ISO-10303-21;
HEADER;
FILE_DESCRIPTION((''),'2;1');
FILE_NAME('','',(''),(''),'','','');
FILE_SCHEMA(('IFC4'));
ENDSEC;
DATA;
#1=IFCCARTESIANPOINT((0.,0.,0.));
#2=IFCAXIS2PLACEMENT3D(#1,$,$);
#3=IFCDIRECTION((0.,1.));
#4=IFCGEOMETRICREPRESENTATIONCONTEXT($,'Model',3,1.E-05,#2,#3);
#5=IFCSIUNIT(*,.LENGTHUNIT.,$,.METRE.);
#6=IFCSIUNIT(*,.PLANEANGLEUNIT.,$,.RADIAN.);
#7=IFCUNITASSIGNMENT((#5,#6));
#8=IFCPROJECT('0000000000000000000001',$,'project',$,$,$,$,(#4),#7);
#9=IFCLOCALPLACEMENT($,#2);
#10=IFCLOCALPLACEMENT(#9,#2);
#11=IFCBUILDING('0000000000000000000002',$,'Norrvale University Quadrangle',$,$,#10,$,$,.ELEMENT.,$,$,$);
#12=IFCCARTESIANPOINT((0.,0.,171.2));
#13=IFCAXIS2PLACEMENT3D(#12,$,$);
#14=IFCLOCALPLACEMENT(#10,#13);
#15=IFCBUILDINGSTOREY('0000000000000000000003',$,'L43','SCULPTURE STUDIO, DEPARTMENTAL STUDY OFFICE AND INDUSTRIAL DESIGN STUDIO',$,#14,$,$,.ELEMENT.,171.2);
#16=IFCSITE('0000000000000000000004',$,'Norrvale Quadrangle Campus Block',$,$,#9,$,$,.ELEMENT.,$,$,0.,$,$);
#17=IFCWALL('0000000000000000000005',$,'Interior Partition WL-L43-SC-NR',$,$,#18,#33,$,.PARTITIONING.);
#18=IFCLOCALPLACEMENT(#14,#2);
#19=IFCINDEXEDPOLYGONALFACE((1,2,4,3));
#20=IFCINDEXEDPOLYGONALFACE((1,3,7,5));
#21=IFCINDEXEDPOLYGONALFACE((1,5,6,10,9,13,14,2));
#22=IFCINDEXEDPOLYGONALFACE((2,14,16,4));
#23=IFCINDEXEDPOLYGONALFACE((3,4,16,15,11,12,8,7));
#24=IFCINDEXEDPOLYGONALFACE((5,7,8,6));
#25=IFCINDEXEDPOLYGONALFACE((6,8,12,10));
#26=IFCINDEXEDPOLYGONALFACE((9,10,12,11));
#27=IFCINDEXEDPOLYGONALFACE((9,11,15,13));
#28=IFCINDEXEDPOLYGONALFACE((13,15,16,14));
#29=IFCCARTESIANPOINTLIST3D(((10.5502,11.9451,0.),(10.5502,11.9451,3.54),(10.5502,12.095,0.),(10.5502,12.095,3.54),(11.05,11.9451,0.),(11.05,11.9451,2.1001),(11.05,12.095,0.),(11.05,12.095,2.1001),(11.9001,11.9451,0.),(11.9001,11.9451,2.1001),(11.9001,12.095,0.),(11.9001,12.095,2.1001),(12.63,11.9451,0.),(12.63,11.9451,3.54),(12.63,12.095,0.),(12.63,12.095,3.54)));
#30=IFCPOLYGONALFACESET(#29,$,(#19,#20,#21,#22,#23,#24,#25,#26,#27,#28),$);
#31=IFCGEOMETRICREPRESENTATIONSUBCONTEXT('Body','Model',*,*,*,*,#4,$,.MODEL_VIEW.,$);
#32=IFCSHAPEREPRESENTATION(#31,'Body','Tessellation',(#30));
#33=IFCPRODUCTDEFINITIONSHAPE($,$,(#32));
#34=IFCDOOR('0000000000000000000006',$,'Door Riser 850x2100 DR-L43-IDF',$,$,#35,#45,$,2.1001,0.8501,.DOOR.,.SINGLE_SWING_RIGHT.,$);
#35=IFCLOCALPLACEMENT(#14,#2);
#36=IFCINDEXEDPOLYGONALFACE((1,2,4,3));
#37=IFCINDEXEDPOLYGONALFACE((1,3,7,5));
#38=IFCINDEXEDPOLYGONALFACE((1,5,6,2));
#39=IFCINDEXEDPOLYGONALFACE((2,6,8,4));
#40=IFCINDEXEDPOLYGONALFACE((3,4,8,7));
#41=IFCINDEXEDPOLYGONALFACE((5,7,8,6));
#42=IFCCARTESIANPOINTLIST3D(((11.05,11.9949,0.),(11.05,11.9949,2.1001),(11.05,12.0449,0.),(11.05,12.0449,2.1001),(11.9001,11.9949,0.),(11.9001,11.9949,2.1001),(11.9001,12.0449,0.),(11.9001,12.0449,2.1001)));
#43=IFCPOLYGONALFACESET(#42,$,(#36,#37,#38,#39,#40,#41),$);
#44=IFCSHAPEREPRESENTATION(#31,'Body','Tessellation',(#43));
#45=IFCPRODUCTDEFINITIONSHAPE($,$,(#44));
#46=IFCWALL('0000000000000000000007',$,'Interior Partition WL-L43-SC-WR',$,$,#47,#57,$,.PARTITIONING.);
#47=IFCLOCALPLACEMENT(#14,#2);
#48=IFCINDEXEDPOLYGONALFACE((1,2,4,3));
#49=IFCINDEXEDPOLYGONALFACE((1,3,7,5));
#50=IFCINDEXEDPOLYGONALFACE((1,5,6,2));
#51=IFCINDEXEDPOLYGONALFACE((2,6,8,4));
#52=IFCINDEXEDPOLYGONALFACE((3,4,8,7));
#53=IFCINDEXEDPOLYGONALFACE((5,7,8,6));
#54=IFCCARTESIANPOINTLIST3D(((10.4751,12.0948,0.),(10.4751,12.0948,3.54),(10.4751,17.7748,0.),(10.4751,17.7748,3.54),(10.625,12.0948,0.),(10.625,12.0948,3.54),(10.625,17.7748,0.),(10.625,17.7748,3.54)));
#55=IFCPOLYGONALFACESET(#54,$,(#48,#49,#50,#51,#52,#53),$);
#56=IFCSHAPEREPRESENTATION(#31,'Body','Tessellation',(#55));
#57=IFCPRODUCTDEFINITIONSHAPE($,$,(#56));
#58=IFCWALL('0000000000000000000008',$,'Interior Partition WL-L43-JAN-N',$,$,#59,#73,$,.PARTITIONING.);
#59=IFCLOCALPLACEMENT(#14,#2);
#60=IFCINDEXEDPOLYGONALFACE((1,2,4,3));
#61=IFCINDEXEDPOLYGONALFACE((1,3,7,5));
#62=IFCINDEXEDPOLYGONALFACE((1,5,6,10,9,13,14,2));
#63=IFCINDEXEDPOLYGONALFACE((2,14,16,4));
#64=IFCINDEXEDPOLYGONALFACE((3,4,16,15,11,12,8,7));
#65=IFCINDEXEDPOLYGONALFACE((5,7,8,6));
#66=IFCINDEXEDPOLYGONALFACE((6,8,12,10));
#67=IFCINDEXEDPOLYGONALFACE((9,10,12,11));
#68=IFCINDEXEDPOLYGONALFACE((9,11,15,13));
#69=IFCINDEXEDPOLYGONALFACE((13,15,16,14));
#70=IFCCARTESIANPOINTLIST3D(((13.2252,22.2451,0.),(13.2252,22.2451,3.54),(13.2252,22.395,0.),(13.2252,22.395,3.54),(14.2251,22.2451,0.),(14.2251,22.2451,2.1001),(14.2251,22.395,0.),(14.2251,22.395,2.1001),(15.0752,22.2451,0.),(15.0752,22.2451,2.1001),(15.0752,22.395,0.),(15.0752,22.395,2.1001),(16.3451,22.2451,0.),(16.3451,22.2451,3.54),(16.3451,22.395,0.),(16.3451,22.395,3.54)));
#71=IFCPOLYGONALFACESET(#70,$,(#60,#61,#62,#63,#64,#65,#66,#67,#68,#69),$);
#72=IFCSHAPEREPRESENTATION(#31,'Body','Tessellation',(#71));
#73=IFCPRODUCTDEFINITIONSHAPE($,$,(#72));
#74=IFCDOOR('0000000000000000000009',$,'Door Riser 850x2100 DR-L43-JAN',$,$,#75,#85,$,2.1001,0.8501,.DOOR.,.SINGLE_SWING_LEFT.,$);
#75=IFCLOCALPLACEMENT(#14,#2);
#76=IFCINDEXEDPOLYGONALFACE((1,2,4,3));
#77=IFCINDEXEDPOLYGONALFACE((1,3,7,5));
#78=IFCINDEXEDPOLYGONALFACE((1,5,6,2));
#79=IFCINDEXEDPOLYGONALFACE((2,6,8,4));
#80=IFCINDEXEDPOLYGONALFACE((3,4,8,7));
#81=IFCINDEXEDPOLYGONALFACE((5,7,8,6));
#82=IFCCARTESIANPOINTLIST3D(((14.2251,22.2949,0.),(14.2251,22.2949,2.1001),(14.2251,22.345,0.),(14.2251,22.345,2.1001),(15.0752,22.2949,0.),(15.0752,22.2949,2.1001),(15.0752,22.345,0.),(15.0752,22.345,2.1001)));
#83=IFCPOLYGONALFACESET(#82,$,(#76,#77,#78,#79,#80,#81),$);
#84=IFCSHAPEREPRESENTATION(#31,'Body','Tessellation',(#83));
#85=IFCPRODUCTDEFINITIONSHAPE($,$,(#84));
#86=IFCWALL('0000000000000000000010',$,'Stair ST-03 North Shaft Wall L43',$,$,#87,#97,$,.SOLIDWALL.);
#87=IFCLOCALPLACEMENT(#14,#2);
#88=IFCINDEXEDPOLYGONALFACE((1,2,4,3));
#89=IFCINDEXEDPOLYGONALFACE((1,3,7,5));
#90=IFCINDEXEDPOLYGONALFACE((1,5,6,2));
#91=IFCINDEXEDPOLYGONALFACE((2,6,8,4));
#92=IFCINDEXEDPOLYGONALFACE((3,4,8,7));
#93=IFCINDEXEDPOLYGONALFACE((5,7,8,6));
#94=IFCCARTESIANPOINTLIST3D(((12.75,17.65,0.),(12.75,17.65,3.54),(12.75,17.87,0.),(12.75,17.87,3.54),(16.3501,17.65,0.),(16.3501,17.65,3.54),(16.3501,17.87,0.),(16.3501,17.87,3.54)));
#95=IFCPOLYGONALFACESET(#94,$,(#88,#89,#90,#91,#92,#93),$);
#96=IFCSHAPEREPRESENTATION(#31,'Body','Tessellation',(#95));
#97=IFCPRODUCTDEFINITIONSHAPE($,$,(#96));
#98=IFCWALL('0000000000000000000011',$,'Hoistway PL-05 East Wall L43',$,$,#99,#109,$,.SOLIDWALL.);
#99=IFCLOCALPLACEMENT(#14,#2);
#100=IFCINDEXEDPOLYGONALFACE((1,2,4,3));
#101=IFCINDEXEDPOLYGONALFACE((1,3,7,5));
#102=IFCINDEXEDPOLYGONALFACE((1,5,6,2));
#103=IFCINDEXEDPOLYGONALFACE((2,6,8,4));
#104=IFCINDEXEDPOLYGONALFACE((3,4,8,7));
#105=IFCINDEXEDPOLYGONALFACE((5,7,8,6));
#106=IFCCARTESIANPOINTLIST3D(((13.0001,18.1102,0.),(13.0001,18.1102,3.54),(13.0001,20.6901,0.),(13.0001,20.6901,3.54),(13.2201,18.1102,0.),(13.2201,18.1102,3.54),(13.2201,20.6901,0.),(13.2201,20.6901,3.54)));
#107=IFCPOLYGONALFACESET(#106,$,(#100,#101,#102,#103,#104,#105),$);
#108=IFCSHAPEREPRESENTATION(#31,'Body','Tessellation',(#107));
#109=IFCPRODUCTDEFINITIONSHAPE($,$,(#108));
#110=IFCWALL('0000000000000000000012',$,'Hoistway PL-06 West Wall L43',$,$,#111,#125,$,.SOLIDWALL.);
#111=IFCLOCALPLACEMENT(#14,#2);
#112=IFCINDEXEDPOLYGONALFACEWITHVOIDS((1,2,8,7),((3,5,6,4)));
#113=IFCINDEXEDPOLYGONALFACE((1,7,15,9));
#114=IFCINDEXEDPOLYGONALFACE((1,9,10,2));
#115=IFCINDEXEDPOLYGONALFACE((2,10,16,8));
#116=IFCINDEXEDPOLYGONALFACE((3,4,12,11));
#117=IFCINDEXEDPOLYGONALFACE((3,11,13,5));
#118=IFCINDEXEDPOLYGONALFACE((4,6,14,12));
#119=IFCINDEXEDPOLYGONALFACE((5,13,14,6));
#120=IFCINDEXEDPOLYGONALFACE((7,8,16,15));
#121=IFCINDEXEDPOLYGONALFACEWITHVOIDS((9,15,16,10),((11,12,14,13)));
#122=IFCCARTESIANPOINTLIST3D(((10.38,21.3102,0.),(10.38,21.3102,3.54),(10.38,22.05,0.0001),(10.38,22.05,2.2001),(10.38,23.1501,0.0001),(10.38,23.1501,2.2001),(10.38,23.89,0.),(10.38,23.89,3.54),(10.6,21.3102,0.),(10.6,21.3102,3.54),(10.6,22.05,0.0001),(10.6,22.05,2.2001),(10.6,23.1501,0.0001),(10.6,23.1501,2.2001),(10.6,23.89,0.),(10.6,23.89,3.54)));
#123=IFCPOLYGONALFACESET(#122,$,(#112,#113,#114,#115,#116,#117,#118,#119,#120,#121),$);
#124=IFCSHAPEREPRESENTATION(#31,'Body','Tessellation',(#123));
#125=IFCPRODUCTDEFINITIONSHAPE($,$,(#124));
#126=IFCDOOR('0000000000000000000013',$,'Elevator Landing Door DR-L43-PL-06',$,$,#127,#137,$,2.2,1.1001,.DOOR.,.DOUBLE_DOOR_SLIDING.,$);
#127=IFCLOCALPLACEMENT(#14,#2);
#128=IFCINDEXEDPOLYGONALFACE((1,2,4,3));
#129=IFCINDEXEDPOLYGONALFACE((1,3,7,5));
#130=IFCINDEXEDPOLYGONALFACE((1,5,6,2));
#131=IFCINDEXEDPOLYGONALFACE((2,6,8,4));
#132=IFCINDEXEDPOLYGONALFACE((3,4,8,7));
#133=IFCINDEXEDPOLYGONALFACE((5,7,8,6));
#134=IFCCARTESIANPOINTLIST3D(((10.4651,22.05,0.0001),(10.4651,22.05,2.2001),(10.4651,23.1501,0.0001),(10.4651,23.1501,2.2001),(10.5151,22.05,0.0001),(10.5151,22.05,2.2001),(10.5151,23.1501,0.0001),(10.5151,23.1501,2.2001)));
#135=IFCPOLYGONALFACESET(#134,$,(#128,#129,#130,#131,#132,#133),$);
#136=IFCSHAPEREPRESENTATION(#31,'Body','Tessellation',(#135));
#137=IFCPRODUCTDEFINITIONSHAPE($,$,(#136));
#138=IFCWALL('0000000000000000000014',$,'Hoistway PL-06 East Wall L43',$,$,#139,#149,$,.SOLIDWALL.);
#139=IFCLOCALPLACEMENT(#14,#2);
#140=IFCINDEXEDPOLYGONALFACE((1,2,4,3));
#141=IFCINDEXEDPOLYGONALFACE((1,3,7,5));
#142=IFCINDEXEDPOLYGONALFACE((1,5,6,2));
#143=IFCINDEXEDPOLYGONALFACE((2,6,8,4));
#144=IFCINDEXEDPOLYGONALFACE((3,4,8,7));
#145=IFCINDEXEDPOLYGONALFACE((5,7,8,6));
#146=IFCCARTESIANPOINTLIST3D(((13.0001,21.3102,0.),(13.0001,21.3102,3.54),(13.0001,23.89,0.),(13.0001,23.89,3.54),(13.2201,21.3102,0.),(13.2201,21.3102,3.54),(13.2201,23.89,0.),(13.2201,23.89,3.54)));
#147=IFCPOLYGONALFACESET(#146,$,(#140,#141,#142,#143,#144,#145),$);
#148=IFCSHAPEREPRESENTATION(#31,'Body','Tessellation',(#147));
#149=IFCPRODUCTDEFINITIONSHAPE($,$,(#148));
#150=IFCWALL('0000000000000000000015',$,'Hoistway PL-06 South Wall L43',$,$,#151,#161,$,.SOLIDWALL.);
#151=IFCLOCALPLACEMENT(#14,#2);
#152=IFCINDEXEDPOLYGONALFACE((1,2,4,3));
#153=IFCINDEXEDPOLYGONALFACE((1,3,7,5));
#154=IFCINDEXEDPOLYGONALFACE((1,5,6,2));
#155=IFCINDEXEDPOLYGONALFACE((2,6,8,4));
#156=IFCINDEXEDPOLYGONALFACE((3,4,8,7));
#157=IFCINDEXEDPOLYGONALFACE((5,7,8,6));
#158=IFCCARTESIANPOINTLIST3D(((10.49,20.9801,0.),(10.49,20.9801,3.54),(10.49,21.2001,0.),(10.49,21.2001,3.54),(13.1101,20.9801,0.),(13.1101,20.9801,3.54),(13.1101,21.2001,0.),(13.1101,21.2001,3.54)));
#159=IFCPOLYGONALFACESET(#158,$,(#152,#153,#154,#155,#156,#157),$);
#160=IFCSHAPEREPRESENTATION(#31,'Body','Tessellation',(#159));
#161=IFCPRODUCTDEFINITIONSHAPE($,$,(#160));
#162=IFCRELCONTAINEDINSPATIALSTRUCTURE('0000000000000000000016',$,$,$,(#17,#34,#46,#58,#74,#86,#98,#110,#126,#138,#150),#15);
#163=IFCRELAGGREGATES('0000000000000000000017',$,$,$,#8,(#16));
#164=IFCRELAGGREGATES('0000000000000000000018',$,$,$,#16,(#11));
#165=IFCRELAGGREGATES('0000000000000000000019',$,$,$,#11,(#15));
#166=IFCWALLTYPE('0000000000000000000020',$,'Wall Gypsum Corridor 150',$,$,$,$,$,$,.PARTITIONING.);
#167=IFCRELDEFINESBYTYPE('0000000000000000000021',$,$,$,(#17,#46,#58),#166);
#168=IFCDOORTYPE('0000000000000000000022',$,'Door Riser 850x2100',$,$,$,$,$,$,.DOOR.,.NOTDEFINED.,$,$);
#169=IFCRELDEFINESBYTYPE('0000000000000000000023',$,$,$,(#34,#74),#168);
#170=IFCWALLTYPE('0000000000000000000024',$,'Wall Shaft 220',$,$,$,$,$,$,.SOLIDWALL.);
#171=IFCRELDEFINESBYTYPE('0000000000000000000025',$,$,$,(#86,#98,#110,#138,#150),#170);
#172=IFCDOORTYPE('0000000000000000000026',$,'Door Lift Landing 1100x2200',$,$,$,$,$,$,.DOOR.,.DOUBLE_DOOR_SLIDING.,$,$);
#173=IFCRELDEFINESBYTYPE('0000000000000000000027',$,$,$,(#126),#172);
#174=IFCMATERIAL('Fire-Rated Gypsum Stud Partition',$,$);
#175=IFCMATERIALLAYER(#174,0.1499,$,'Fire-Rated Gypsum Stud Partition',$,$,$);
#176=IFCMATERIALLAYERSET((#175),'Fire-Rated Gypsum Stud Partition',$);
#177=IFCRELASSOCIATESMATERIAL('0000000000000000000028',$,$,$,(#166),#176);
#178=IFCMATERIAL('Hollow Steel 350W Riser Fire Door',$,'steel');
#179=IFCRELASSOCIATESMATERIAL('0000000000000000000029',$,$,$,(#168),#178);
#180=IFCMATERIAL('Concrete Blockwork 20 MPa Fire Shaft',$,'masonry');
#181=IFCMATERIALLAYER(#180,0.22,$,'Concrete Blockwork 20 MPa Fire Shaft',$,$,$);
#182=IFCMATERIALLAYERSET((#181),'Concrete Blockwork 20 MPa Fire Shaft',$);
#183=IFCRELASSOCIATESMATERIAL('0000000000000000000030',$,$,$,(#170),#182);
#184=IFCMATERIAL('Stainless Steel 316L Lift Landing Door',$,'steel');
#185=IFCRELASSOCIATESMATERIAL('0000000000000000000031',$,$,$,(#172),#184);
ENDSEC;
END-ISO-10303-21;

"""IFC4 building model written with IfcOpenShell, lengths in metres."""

from ifc_helpers import new_model, si_unit, direction, frame, frame_2d, origin, place, context, subcontext, project, spatial, rectangle, extrude, material, layer, layer_set, type_object, element, fill, save


model = new_model("IFC4")

# Units and contexts
model_context = context("Model", 3, precision=1e-05, world=origin(), true_north=direction((0.0, 1.0)))
body_context = subcontext(model_context, "Body", "Model", "MODEL_VIEW")
ifc_project = project(units=[si_unit("LENGTHUNIT", "METRE"), si_unit("PLANEANGLEUNIT", "RADIAN")], contexts=[model_context])

# Site, building, storey
site_placement = place(None, origin())
site = spatial("IfcSite", under=ifc_project, at=site_placement, Name="Norrvale Quadrangle Campus Block", CompositionType="ELEMENT", RefElevation=0.0)
building_placement = place(site_placement, origin())
building = spatial("IfcBuilding", under=site, at=building_placement, Name="Norrvale University Quadrangle", CompositionType="ELEMENT")
storey_placement = place(building_placement, frame((0.0, 0.0, 171.2)))
storey = spatial("IfcBuildingStorey", under=building, at=storey_placement, Name="L43", Description="SCULPTURE STUDIO, DEPARTMENTAL STUDY OFFICE AND INDUSTRIAL DESIGN STUDIO", CompositionType="ELEMENT", Elevation=171.2)

# Wall, opening, door
ifc_material_1 = material(Name="Fire-Rated Gypsum Stud Partition")
ifc_layer_1 = layer(ifc_material_1, 0.1499, Name="Fire-Rated Gypsum Stud Partition")
ifc_layer_set_1 = layer_set([ifc_layer_1], Name="Fire-Rated Gypsum Stud Partition")
wall_type_1 = type_object("IfcWallType", Name="Wall Gypsum Corridor 150", PredefinedType="PARTITIONING", material=ifc_layer_set_1)
wall_1_placement = place(storey_placement, frame((10.55, 12.02, 0.0), z_axis=(0.0, 0.0, 1.0), x_axis=(1.0, 0.0, 0.0)))
wall_1 = element("IfcWall", 1, at=wall_1_placement, inside=storey, type_object=wall_type_1, Name="Interior Partition WL-L43-SC-NR", PredefinedType="PARTITIONING", context=body_context, shape_type="SweptSolid", body=[
    extrude(rectangle(XDim=2.0798, YDim=0.1499, at=frame_2d((1.04, 0.0))), origin(), (0.0, 0.0, 1.0), 3.54),
])
opening_1_placement = place(wall_1_placement, frame((0.5, 0.0, 0.0)))
opening_1 = element("IfcOpeningElement", 2, at=opening_1_placement, cuts=wall_1, PredefinedType="OPENING", context=body_context, shape_type="SweptSolid", body=[
    extrude(rectangle(XDim=0.8501, YDim=2.1001, at=frame_2d((0.425, 1.05))), frame((0.0, 0.0869, 0.0), z_axis=(0.0, -1.0, 0.0), x_axis=(1.0, 0.0, 0.0)), (0.0, 0.0, 1.0), 0.1738),
])
ifc_material_2 = material(Name="Hollow Steel 350W Riser Fire Door", Category="steel")
door_type_1 = type_object("IfcDoorType", Name="Door Riser 850x2100", OperationType="NOTDEFINED", PredefinedType="DOOR", material=ifc_material_2)
door_1_placement = place(opening_1_placement, origin())
door_1 = element("IfcDoor", 3, at=door_1_placement, inside=storey, type_object=door_type_1, Name="Door Riser 850x2100 DR-L43-IDF", OperationType="SINGLE_SWING_RIGHT", OverallHeight=2.1001, OverallWidth=0.8501, PredefinedType="DOOR", context=body_context, shape_type="SweptSolid", body=[
    extrude(rectangle(XDim=0.8501, YDim=2.1001, at=frame_2d((0.425, 1.05))), frame((0.0, 0.0249, 0.0), z_axis=(0.0, -1.0, 0.0), x_axis=(1.0, 0.0, 0.0)), (0.0, 0.0, 1.0), 0.05),
])
fill(opening_1, door_1)

# Wall
wall_2_placement = place(storey_placement, frame((10.55, 12.095, 0.0), z_axis=(0.0, 0.0, 1.0), x_axis=(0.0, 1.0, 0.0)))
element("IfcWall", 4, at=wall_2_placement, inside=storey, type_object=wall_type_1, Name="Interior Partition WL-L43-SC-WR", PredefinedType="PARTITIONING", context=body_context, shape_type="SweptSolid", body=[
    extrude(rectangle(XDim=5.6799, YDim=0.1499, at=frame_2d((2.8398, 0.0))), origin(), (0.0, 0.0, 1.0), 3.54),
])

# Wall, opening, door
wall_3_placement = place(storey_placement, frame((13.2251, 22.3201, 0.0), z_axis=(0.0, 0.0, 1.0), x_axis=(1.0, 0.0, 0.0)))
wall_3 = element("IfcWall", 5, at=wall_3_placement, inside=storey, type_object=wall_type_1, Name="Interior Partition WL-L43-JAN-N", PredefinedType="PARTITIONING", context=body_context, shape_type="SweptSolid", body=[
    extrude(rectangle(XDim=3.1199, YDim=0.1499, at=frame_2d((1.5601, 0.0))), origin(), (0.0, 0.0, 1.0), 3.54),
])
opening_2_placement = place(wall_3_placement, frame((1.0, 0.0, 0.0)))
opening_2 = element("IfcOpeningElement", 6, at=opening_2_placement, cuts=wall_3, PredefinedType="OPENING", context=body_context, shape_type="SweptSolid", body=[
    extrude(rectangle(XDim=0.8501, YDim=2.1001, at=frame_2d((0.425, 1.05))), frame((0.0, 0.0869, 0.0), z_axis=(0.0, -1.0, 0.0), x_axis=(1.0, 0.0, 0.0)), (0.0, 0.0, 1.0), 0.1738),
])
door_2_placement = place(opening_2_placement, origin())
door_2 = element("IfcDoor", 7, at=door_2_placement, inside=storey, type_object=door_type_1, Name="Door Riser 850x2100 DR-L43-JAN", OperationType="SINGLE_SWING_LEFT", OverallHeight=2.1001, OverallWidth=0.8501, PredefinedType="DOOR", context=body_context, shape_type="SweptSolid", body=[
    extrude(rectangle(XDim=0.8501, YDim=2.1001, at=frame_2d((0.425, 1.05))), frame((0.0, 0.0249, 0.0), z_axis=(0.0, -1.0, 0.0), x_axis=(1.0, 0.0, 0.0)), (0.0, 0.0, 1.0), 0.05),
])
fill(opening_2, door_2)

# Walls
ifc_material_3 = material(Name="Concrete Blockwork 20 MPa Fire Shaft", Category="masonry")
ifc_layer_2 = layer(ifc_material_3, 0.22, Name="Concrete Blockwork 20 MPa Fire Shaft")
ifc_layer_set_2 = layer_set([ifc_layer_2], Name="Concrete Blockwork 20 MPa Fire Shaft")
wall_type_2 = type_object("IfcWallType", Name="Wall Shaft 220", PredefinedType="SOLIDWALL", material=ifc_layer_set_2)
wall_4_placement = place(storey_placement, frame((12.75, 17.76, 0.0), z_axis=(0.0, 0.0, 1.0), x_axis=(1.0, 0.0, 0.0)))
element("IfcWall", 8, at=wall_4_placement, inside=storey, type_object=wall_type_2, Name="Stair ST-03 North Shaft Wall L43", PredefinedType="SOLIDWALL", context=body_context, shape_type="SweptSolid", body=[
    extrude(rectangle(XDim=3.6001, YDim=0.22, at=frame_2d((1.8, 0.0))), origin(), (0.0, 0.0, 1.0), 3.54),
])
wall_5_placement = place(storey_placement, frame((13.1101, 18.1101, 0.0), z_axis=(0.0, 0.0, 1.0), x_axis=(0.0, 1.0, 0.0)))
element("IfcWall", 9, at=wall_5_placement, inside=storey, type_object=wall_type_2, Name="Hoistway PL-05 East Wall L43", PredefinedType="SOLIDWALL", context=body_context, shape_type="SweptSolid", body=[
    extrude(rectangle(XDim=2.5798, YDim=0.22, at=frame_2d((1.29, 0.0))), origin(), (0.0, 0.0, 1.0), 3.54),
])

# Wall, opening, door
wall_6_placement = place(storey_placement, frame((10.49, 21.3101, 0.0), z_axis=(0.0, 0.0, 1.0), x_axis=(0.0, 1.0, 0.0)))
wall_6 = element("IfcWall", 10, at=wall_6_placement, inside=storey, type_object=wall_type_2, Name="Hoistway PL-06 West Wall L43", PredefinedType="SOLIDWALL", context=body_context, shape_type="SweptSolid", body=[
    extrude(rectangle(XDim=2.5798, YDim=0.22, at=frame_2d((1.29, 0.0))), origin(), (0.0, 0.0, 1.0), 3.54),
])
opening_3_placement = place(wall_6_placement, frame((0.74, 0.0, 0.0)))
opening_3 = element("IfcOpeningElement", 11, at=opening_3_placement, cuts=wall_6, PredefinedType="OPENING", context=body_context, shape_type="SweptSolid", body=[
    extrude(rectangle(XDim=1.1001, YDim=2.2, at=frame_2d((0.55, 1.1001))), frame((0.0, 0.1221, 0.0), z_axis=(0.0, -1.0, 0.0), x_axis=(1.0, 0.0, 0.0)), (0.0, 0.0, 1.0), 0.2439),
])
ifc_material_4 = material(Name="Stainless Steel 316L Lift Landing Door", Category="steel")
door_type_2 = type_object("IfcDoorType", Name="Door Lift Landing 1100x2200", OperationType="DOUBLE_DOOR_SLIDING", PredefinedType="DOOR", material=ifc_material_4)
door_3_placement = place(opening_3_placement, origin())
door_3 = element("IfcDoor", 12, at=door_3_placement, inside=storey, type_object=door_type_2, Name="Elevator Landing Door DR-L43-PL-06", OperationType="DOUBLE_DOOR_SLIDING", OverallHeight=2.2, OverallWidth=1.1001, PredefinedType="DOOR", context=body_context, shape_type="SweptSolid", body=[
    extrude(rectangle(XDim=1.1001, YDim=2.2, at=frame_2d((0.55, 1.1001))), frame((0.0, 0.0249, 0.0), z_axis=(0.0, -1.0, 0.0), x_axis=(1.0, 0.0, 0.0)), (0.0, 0.0, 1.0), 0.05),
])
fill(opening_3, door_3)

# Walls
wall_7_placement = place(storey_placement, frame((13.1101, 21.3101, 0.0), z_axis=(0.0, 0.0, 1.0), x_axis=(0.0, 1.0, 0.0)))
element("IfcWall", 13, at=wall_7_placement, inside=storey, type_object=wall_type_2, Name="Hoistway PL-06 East Wall L43", PredefinedType="SOLIDWALL", context=body_context, shape_type="SweptSolid", body=[
    extrude(rectangle(XDim=2.5798, YDim=0.22, at=frame_2d((1.29, 0.0))), origin(), (0.0, 0.0, 1.0), 3.54),
])
wall_8_placement = place(storey_placement, frame((10.49, 21.0901, 0.0), z_axis=(0.0, 0.0, 1.0), x_axis=(1.0, 0.0, 0.0)))
element("IfcWall", 14, at=wall_8_placement, inside=storey, type_object=wall_type_2, Name="Hoistway PL-06 South Wall L43", PredefinedType="SOLIDWALL", context=body_context, shape_type="SweptSolid", body=[
    extrude(rectangle(XDim=2.6201, YDim=0.22, at=frame_2d((1.3101, 0.0))), origin(), (0.0, 0.0, 1.0), 3.54),
])

save(model, "model.ifc")
